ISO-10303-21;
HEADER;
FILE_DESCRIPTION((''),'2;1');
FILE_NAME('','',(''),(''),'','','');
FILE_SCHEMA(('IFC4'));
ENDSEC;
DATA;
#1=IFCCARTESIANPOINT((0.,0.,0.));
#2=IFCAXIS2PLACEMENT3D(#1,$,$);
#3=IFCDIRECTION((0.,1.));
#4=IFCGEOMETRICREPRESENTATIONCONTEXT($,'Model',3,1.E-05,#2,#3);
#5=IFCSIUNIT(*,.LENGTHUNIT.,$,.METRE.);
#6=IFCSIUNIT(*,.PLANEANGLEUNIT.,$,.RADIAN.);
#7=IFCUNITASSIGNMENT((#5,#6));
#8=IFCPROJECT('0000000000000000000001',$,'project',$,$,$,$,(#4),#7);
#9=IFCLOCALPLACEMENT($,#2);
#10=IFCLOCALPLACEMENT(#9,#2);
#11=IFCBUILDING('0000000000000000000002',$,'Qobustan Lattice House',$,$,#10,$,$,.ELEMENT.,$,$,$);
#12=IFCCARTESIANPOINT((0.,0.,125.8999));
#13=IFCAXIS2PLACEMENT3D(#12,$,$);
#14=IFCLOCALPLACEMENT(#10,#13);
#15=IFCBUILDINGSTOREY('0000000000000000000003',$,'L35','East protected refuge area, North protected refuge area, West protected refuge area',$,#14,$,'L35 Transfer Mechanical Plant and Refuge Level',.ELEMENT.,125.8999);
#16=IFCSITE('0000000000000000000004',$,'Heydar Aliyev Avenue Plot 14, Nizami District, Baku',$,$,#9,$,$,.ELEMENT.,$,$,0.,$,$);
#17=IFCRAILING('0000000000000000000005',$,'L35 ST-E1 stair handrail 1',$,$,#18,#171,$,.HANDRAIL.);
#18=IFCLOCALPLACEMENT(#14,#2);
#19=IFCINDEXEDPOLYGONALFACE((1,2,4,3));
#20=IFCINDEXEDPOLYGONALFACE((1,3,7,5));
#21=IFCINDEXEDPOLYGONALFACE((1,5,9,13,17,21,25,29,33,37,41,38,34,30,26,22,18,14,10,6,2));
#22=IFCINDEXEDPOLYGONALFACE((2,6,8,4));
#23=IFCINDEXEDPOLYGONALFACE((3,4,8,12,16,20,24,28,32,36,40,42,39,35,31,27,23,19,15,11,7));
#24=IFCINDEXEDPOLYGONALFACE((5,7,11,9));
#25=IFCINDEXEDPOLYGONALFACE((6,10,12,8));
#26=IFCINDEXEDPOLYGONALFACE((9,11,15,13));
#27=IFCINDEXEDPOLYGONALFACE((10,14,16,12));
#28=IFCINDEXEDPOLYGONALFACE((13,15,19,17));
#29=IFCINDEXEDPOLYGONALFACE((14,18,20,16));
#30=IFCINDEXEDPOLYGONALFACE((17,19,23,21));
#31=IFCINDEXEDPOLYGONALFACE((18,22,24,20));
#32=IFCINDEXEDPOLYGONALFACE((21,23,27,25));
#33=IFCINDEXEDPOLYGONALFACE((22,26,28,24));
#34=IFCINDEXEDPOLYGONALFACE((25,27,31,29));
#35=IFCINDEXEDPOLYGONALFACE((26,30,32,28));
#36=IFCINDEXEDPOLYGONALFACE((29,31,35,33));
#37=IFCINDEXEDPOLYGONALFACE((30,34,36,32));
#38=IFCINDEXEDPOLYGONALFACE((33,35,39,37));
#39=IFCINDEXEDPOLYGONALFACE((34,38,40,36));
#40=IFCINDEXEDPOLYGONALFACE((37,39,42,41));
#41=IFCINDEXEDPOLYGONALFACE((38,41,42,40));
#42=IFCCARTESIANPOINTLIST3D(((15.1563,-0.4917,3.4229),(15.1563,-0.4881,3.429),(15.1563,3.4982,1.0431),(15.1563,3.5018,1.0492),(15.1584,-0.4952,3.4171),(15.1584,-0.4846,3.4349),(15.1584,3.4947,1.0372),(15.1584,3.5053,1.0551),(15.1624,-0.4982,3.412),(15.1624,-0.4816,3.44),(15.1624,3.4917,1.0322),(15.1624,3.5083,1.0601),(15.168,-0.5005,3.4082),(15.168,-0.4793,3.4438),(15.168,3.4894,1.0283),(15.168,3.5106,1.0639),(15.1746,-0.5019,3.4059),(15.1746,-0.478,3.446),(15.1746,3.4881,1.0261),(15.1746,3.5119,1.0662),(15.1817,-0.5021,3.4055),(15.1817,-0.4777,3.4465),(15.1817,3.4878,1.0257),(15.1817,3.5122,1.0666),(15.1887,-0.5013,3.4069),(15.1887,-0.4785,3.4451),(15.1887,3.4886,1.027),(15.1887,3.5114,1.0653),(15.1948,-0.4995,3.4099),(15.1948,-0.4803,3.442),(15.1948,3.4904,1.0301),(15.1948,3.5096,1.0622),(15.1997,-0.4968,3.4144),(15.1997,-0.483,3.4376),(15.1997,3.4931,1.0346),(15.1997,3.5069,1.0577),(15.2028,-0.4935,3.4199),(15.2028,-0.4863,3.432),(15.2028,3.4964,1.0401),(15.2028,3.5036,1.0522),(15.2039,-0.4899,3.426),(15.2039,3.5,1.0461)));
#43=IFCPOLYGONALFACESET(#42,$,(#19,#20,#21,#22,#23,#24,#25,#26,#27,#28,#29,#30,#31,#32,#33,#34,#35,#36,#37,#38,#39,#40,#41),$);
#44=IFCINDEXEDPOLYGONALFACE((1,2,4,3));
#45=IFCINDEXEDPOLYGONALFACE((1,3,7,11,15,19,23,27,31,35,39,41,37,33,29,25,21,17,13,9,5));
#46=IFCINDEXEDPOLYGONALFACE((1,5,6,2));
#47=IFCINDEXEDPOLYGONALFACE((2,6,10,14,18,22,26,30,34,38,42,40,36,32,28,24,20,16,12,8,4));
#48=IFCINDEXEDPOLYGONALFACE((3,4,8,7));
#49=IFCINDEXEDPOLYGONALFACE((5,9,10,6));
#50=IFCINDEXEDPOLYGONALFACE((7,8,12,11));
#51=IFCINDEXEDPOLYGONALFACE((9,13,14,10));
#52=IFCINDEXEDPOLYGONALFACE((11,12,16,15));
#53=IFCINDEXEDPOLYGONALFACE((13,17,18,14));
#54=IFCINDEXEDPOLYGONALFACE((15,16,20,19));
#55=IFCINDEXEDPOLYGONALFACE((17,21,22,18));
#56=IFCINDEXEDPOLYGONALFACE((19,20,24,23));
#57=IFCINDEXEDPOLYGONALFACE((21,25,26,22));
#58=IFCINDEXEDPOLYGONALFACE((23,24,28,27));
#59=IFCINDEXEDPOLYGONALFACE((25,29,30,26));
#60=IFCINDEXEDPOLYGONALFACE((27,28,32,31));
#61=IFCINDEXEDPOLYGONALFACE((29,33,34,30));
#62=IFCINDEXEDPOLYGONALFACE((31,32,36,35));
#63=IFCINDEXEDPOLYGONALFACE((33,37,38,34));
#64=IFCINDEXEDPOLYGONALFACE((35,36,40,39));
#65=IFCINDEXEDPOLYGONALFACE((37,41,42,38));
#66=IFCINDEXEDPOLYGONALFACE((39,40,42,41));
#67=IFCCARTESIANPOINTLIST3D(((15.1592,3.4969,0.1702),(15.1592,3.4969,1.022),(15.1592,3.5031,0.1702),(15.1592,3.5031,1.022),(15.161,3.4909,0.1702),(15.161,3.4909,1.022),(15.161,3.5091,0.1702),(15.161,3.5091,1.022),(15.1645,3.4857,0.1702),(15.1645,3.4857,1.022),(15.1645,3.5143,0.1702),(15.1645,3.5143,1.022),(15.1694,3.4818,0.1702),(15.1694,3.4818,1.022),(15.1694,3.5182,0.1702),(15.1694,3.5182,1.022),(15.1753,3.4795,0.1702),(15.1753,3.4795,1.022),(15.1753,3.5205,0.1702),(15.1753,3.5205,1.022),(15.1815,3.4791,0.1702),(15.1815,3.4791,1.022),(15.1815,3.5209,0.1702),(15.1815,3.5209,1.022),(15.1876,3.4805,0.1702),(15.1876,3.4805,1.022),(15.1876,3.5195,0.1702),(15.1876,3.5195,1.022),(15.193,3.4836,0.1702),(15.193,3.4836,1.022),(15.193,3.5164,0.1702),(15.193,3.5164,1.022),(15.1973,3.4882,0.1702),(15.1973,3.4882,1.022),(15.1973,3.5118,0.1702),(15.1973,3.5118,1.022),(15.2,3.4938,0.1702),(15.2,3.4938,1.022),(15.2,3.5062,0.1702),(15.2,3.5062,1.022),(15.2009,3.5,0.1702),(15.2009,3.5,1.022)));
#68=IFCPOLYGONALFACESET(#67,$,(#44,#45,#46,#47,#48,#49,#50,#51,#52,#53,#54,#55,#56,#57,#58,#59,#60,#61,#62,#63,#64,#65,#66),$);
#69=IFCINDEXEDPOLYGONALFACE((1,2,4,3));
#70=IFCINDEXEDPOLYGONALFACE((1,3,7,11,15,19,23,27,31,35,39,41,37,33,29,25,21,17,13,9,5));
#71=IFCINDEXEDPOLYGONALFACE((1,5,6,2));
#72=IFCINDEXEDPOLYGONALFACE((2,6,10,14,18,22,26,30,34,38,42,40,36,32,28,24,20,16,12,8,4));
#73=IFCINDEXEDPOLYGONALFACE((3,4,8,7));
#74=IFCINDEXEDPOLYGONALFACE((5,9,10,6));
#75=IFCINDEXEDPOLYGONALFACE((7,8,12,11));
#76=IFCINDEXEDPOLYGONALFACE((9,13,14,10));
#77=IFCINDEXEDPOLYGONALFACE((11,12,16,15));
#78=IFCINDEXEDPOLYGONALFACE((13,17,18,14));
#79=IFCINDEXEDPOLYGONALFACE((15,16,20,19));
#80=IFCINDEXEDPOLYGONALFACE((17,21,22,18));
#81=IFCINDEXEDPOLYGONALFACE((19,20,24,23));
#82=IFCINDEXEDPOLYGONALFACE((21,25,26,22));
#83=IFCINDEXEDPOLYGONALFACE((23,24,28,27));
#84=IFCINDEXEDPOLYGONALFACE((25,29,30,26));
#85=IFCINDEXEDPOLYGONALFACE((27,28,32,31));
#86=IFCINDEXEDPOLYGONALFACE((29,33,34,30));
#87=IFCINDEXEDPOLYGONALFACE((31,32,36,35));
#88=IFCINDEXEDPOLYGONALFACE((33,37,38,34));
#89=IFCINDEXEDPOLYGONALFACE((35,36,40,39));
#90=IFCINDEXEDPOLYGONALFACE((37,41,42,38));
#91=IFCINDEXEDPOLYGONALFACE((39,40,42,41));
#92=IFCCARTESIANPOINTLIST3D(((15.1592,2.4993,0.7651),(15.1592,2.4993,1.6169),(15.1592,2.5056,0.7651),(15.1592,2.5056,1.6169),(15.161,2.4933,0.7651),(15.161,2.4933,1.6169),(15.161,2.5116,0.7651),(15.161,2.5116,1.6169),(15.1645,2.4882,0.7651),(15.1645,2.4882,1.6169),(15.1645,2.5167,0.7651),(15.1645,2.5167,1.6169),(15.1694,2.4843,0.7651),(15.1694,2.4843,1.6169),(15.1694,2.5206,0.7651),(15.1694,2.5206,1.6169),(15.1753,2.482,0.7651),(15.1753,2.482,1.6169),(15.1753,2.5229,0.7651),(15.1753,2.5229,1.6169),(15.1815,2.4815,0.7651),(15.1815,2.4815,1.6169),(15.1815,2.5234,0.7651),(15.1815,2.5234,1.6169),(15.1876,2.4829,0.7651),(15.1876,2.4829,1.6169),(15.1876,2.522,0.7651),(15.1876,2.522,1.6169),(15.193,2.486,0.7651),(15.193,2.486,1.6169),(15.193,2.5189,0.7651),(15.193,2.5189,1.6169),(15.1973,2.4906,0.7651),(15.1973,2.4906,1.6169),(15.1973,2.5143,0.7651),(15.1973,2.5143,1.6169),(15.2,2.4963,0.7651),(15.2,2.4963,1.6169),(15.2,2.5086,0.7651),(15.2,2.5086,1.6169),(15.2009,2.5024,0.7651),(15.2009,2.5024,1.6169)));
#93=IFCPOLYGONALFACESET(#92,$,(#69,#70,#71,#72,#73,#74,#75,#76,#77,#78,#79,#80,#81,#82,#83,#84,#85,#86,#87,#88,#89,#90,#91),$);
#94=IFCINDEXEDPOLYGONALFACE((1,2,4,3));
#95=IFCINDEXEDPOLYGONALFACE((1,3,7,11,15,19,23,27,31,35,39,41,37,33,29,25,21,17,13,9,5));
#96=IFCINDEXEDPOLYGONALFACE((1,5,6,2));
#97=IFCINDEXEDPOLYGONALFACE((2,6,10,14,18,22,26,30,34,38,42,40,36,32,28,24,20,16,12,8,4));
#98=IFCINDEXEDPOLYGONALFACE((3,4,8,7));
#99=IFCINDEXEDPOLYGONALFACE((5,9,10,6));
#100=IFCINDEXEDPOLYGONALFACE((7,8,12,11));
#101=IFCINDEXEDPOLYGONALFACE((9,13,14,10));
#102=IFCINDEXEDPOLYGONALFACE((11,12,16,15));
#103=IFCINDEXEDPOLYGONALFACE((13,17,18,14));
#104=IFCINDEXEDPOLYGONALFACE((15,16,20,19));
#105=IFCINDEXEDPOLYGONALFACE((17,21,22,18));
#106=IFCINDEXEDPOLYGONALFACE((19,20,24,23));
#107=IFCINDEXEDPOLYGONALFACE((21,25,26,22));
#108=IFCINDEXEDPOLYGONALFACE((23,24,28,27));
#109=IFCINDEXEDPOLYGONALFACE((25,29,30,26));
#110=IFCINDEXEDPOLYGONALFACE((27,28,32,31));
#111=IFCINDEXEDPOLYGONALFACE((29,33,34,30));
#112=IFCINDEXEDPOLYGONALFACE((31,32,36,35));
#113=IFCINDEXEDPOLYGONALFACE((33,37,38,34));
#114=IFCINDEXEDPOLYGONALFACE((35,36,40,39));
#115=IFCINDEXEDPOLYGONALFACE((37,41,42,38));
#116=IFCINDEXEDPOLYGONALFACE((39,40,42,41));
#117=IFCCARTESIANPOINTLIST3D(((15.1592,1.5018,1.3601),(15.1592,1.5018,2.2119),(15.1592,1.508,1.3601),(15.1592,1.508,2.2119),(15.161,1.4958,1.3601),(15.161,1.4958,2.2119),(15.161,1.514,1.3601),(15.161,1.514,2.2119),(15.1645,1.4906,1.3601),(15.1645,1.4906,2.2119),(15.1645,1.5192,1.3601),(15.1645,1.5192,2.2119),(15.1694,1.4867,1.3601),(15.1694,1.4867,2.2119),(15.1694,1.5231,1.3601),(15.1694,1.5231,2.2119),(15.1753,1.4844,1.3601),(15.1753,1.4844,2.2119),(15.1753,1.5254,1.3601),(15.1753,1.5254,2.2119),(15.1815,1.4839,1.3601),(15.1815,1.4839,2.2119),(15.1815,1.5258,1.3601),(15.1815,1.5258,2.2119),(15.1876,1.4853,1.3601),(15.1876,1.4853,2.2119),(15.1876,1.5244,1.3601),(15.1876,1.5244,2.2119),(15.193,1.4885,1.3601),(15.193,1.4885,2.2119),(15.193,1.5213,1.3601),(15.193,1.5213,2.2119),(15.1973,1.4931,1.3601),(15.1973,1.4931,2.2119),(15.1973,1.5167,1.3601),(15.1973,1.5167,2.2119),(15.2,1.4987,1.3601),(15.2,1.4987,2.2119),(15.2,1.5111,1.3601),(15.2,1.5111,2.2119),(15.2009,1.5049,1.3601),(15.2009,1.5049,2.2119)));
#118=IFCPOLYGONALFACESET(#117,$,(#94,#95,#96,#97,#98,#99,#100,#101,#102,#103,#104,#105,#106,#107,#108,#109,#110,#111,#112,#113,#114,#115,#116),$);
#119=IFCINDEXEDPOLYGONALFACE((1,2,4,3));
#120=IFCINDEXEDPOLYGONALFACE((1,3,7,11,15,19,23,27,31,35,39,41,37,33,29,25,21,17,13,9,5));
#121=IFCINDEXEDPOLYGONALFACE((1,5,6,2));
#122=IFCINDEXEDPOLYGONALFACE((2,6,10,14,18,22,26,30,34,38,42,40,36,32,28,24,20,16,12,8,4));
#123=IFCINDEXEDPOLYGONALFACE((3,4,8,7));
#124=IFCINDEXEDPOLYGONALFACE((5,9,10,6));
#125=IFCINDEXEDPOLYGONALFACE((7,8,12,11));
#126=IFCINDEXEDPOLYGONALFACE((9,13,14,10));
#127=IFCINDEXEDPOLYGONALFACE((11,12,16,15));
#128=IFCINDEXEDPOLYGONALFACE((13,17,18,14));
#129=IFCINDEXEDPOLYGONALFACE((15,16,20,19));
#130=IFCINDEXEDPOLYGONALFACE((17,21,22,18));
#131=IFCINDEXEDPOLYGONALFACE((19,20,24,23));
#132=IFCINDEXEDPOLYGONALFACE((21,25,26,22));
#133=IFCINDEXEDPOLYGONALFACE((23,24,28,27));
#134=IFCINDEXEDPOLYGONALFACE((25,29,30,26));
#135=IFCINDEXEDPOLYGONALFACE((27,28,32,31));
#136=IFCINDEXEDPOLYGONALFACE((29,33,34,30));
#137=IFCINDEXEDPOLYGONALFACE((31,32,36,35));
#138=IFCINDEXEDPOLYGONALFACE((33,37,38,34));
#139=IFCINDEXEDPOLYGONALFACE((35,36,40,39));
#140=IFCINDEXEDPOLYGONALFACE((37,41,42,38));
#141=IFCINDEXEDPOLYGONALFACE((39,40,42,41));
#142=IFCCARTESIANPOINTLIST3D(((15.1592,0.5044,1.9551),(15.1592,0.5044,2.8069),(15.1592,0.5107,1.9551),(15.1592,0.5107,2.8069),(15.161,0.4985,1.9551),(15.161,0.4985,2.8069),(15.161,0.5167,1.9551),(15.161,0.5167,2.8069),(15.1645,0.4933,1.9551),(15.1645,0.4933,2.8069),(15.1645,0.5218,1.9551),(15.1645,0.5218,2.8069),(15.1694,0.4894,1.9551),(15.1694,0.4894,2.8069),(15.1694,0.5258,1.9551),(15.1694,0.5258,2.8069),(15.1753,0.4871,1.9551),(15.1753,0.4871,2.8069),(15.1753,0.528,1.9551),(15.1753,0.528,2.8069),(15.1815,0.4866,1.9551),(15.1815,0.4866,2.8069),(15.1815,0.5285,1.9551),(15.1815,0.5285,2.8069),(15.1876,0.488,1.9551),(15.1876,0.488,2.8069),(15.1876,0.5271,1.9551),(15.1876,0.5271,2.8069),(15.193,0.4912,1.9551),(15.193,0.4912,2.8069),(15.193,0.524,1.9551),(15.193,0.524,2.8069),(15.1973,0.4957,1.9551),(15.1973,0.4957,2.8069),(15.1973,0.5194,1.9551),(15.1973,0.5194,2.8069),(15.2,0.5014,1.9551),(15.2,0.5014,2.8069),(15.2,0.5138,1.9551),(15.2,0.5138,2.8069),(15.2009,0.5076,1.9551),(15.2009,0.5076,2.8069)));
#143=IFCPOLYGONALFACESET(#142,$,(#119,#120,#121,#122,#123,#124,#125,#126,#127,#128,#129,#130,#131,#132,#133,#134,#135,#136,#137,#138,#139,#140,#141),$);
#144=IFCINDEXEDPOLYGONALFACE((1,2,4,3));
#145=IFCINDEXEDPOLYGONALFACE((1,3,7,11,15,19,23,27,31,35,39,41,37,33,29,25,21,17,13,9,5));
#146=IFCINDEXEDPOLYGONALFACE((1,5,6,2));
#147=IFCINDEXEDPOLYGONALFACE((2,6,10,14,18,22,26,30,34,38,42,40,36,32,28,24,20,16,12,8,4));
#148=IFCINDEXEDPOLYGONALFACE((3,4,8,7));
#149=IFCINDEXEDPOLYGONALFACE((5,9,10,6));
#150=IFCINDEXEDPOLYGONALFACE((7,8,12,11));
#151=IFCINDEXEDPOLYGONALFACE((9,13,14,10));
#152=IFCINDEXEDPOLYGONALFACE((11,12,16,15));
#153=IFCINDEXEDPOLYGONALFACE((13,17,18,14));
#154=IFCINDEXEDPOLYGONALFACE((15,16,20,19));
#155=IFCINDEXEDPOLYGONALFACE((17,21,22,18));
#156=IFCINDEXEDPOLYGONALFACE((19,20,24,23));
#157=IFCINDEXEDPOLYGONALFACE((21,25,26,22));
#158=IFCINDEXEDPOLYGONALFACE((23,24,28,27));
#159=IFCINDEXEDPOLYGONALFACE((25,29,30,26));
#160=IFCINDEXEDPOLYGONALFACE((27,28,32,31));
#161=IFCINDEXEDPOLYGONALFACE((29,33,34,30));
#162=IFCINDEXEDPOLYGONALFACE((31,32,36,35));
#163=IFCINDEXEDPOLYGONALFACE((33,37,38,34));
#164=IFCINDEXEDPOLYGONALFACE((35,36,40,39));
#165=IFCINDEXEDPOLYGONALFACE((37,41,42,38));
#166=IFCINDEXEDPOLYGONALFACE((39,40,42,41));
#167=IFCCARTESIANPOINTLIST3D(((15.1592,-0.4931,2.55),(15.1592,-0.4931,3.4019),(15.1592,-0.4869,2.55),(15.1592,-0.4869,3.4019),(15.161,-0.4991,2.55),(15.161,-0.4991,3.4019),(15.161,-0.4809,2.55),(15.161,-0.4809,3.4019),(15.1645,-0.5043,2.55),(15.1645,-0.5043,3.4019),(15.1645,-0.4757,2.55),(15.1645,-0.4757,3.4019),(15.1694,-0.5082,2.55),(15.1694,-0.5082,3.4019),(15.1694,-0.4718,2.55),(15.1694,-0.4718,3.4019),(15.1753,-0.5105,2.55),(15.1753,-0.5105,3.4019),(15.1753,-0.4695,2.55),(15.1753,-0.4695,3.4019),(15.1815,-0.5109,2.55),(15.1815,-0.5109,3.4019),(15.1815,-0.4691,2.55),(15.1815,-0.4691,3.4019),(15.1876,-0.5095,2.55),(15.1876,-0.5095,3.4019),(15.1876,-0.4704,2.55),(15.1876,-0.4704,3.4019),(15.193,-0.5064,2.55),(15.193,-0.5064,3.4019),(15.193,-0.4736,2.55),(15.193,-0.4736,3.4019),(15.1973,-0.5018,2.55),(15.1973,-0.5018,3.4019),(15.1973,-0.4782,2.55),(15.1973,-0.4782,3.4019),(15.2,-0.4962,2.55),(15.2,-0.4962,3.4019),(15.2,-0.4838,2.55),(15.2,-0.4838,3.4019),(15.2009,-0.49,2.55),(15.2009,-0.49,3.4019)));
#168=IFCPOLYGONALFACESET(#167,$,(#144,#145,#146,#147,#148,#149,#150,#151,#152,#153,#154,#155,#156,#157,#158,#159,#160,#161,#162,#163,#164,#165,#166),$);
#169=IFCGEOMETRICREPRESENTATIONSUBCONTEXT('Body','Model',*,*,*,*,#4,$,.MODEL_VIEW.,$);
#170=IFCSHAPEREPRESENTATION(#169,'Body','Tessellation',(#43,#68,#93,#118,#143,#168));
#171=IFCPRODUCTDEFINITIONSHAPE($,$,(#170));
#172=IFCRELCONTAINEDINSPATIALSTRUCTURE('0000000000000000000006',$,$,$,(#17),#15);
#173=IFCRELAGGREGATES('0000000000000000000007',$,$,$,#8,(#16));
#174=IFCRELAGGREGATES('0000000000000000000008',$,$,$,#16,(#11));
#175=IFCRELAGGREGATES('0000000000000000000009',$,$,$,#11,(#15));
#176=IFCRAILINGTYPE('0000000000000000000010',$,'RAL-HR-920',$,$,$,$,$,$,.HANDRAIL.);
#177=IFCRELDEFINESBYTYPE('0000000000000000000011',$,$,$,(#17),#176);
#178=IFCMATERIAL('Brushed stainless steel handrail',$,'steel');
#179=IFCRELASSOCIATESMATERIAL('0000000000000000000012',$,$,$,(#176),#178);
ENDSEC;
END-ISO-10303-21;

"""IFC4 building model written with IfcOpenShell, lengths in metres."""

from ifc_helpers import new_model, si_unit, direction, frame, origin, origin_2d, place, context, subcontext, project, spatial, circle, extrude, material, type_object, element, save


model = new_model("IFC4")

# Units and contexts
model_context = context("Model", 3, precision=1e-05, world=origin(), true_north=direction((0.0, 1.0)))
body_context = subcontext(model_context, "Body", "Model", "MODEL_VIEW")
ifc_project = project(units=[si_unit("LENGTHUNIT", "METRE"), si_unit("PLANEANGLEUNIT", "RADIAN")], contexts=[model_context])

# Site, building, storey
site_placement = place(None, origin())
site = spatial("IfcSite", under=ifc_project, at=site_placement, Name="Heydar Aliyev Avenue Plot 14, Nizami District, Baku", CompositionType="ELEMENT", RefElevation=0.0)
building_placement = place(site_placement, origin())
building = spatial("IfcBuilding", under=site, at=building_placement, Name="Qobustan Lattice House", CompositionType="ELEMENT")
storey_placement = place(building_placement, frame((0.0, 0.0, 125.8999)))
storey = spatial("IfcBuildingStorey", under=building, at=storey_placement, Name="L35", Description="East protected refuge area, North protected refuge area, West protected refuge area", LongName="L35 Transfer Mechanical Plant and Refuge Level", CompositionType="ELEMENT", Elevation=125.8999)

# Railing
ifc_material_1 = material(Name="Brushed stainless steel handrail", Category="steel")
railing_type_1 = type_object("IfcRailingType", Name="RAL-HR-920", PredefinedType="HANDRAIL", material=ifc_material_1)
railing_1_placement = place(storey_placement, frame((15.1799, 3.5, 0.1702)))
element("IfcRailing", 1, at=railing_1_placement, inside=storey, type_object=railing_type_1, Name="L35 ST-E1 stair handrail 1", PredefinedType="HANDRAIL", context=body_context, shape_type="SweptSolid", body=[
    extrude(circle(Radius=0.0239, at=origin_2d()), frame((0.0, 0.0, 0.876), z_axis=(0.0, -0.85883, 0.512261), x_axis=(1.0, 0.0, 0.0)), (0.0, 0.0, 1.0), 4.6458),
    extrude(circle(Radius=0.021, at=origin_2d()), origin(), (0.0, 0.0, 1.0), 0.8518),
    extrude(circle(Radius=0.021, at=origin_2d()), frame((0.0, -0.9976, 0.595)), (0.0, 0.0, 1.0), 0.8518),
    extrude(circle(Radius=0.021, at=origin_2d()), frame((0.0, -1.9951, 1.1899)), (0.0, 0.0, 1.0), 0.8518),
    extrude(circle(Radius=0.021, at=origin_2d()), frame((0.0, -2.9924, 1.7849)), (0.0, 0.0, 1.0), 0.8518),
    extrude(circle(Radius=0.021, at=origin_2d()), frame((0.0, -3.99, 2.3799)), (0.0, 0.0, 1.0), 0.8518),
])

save(model, "model.ifc")
